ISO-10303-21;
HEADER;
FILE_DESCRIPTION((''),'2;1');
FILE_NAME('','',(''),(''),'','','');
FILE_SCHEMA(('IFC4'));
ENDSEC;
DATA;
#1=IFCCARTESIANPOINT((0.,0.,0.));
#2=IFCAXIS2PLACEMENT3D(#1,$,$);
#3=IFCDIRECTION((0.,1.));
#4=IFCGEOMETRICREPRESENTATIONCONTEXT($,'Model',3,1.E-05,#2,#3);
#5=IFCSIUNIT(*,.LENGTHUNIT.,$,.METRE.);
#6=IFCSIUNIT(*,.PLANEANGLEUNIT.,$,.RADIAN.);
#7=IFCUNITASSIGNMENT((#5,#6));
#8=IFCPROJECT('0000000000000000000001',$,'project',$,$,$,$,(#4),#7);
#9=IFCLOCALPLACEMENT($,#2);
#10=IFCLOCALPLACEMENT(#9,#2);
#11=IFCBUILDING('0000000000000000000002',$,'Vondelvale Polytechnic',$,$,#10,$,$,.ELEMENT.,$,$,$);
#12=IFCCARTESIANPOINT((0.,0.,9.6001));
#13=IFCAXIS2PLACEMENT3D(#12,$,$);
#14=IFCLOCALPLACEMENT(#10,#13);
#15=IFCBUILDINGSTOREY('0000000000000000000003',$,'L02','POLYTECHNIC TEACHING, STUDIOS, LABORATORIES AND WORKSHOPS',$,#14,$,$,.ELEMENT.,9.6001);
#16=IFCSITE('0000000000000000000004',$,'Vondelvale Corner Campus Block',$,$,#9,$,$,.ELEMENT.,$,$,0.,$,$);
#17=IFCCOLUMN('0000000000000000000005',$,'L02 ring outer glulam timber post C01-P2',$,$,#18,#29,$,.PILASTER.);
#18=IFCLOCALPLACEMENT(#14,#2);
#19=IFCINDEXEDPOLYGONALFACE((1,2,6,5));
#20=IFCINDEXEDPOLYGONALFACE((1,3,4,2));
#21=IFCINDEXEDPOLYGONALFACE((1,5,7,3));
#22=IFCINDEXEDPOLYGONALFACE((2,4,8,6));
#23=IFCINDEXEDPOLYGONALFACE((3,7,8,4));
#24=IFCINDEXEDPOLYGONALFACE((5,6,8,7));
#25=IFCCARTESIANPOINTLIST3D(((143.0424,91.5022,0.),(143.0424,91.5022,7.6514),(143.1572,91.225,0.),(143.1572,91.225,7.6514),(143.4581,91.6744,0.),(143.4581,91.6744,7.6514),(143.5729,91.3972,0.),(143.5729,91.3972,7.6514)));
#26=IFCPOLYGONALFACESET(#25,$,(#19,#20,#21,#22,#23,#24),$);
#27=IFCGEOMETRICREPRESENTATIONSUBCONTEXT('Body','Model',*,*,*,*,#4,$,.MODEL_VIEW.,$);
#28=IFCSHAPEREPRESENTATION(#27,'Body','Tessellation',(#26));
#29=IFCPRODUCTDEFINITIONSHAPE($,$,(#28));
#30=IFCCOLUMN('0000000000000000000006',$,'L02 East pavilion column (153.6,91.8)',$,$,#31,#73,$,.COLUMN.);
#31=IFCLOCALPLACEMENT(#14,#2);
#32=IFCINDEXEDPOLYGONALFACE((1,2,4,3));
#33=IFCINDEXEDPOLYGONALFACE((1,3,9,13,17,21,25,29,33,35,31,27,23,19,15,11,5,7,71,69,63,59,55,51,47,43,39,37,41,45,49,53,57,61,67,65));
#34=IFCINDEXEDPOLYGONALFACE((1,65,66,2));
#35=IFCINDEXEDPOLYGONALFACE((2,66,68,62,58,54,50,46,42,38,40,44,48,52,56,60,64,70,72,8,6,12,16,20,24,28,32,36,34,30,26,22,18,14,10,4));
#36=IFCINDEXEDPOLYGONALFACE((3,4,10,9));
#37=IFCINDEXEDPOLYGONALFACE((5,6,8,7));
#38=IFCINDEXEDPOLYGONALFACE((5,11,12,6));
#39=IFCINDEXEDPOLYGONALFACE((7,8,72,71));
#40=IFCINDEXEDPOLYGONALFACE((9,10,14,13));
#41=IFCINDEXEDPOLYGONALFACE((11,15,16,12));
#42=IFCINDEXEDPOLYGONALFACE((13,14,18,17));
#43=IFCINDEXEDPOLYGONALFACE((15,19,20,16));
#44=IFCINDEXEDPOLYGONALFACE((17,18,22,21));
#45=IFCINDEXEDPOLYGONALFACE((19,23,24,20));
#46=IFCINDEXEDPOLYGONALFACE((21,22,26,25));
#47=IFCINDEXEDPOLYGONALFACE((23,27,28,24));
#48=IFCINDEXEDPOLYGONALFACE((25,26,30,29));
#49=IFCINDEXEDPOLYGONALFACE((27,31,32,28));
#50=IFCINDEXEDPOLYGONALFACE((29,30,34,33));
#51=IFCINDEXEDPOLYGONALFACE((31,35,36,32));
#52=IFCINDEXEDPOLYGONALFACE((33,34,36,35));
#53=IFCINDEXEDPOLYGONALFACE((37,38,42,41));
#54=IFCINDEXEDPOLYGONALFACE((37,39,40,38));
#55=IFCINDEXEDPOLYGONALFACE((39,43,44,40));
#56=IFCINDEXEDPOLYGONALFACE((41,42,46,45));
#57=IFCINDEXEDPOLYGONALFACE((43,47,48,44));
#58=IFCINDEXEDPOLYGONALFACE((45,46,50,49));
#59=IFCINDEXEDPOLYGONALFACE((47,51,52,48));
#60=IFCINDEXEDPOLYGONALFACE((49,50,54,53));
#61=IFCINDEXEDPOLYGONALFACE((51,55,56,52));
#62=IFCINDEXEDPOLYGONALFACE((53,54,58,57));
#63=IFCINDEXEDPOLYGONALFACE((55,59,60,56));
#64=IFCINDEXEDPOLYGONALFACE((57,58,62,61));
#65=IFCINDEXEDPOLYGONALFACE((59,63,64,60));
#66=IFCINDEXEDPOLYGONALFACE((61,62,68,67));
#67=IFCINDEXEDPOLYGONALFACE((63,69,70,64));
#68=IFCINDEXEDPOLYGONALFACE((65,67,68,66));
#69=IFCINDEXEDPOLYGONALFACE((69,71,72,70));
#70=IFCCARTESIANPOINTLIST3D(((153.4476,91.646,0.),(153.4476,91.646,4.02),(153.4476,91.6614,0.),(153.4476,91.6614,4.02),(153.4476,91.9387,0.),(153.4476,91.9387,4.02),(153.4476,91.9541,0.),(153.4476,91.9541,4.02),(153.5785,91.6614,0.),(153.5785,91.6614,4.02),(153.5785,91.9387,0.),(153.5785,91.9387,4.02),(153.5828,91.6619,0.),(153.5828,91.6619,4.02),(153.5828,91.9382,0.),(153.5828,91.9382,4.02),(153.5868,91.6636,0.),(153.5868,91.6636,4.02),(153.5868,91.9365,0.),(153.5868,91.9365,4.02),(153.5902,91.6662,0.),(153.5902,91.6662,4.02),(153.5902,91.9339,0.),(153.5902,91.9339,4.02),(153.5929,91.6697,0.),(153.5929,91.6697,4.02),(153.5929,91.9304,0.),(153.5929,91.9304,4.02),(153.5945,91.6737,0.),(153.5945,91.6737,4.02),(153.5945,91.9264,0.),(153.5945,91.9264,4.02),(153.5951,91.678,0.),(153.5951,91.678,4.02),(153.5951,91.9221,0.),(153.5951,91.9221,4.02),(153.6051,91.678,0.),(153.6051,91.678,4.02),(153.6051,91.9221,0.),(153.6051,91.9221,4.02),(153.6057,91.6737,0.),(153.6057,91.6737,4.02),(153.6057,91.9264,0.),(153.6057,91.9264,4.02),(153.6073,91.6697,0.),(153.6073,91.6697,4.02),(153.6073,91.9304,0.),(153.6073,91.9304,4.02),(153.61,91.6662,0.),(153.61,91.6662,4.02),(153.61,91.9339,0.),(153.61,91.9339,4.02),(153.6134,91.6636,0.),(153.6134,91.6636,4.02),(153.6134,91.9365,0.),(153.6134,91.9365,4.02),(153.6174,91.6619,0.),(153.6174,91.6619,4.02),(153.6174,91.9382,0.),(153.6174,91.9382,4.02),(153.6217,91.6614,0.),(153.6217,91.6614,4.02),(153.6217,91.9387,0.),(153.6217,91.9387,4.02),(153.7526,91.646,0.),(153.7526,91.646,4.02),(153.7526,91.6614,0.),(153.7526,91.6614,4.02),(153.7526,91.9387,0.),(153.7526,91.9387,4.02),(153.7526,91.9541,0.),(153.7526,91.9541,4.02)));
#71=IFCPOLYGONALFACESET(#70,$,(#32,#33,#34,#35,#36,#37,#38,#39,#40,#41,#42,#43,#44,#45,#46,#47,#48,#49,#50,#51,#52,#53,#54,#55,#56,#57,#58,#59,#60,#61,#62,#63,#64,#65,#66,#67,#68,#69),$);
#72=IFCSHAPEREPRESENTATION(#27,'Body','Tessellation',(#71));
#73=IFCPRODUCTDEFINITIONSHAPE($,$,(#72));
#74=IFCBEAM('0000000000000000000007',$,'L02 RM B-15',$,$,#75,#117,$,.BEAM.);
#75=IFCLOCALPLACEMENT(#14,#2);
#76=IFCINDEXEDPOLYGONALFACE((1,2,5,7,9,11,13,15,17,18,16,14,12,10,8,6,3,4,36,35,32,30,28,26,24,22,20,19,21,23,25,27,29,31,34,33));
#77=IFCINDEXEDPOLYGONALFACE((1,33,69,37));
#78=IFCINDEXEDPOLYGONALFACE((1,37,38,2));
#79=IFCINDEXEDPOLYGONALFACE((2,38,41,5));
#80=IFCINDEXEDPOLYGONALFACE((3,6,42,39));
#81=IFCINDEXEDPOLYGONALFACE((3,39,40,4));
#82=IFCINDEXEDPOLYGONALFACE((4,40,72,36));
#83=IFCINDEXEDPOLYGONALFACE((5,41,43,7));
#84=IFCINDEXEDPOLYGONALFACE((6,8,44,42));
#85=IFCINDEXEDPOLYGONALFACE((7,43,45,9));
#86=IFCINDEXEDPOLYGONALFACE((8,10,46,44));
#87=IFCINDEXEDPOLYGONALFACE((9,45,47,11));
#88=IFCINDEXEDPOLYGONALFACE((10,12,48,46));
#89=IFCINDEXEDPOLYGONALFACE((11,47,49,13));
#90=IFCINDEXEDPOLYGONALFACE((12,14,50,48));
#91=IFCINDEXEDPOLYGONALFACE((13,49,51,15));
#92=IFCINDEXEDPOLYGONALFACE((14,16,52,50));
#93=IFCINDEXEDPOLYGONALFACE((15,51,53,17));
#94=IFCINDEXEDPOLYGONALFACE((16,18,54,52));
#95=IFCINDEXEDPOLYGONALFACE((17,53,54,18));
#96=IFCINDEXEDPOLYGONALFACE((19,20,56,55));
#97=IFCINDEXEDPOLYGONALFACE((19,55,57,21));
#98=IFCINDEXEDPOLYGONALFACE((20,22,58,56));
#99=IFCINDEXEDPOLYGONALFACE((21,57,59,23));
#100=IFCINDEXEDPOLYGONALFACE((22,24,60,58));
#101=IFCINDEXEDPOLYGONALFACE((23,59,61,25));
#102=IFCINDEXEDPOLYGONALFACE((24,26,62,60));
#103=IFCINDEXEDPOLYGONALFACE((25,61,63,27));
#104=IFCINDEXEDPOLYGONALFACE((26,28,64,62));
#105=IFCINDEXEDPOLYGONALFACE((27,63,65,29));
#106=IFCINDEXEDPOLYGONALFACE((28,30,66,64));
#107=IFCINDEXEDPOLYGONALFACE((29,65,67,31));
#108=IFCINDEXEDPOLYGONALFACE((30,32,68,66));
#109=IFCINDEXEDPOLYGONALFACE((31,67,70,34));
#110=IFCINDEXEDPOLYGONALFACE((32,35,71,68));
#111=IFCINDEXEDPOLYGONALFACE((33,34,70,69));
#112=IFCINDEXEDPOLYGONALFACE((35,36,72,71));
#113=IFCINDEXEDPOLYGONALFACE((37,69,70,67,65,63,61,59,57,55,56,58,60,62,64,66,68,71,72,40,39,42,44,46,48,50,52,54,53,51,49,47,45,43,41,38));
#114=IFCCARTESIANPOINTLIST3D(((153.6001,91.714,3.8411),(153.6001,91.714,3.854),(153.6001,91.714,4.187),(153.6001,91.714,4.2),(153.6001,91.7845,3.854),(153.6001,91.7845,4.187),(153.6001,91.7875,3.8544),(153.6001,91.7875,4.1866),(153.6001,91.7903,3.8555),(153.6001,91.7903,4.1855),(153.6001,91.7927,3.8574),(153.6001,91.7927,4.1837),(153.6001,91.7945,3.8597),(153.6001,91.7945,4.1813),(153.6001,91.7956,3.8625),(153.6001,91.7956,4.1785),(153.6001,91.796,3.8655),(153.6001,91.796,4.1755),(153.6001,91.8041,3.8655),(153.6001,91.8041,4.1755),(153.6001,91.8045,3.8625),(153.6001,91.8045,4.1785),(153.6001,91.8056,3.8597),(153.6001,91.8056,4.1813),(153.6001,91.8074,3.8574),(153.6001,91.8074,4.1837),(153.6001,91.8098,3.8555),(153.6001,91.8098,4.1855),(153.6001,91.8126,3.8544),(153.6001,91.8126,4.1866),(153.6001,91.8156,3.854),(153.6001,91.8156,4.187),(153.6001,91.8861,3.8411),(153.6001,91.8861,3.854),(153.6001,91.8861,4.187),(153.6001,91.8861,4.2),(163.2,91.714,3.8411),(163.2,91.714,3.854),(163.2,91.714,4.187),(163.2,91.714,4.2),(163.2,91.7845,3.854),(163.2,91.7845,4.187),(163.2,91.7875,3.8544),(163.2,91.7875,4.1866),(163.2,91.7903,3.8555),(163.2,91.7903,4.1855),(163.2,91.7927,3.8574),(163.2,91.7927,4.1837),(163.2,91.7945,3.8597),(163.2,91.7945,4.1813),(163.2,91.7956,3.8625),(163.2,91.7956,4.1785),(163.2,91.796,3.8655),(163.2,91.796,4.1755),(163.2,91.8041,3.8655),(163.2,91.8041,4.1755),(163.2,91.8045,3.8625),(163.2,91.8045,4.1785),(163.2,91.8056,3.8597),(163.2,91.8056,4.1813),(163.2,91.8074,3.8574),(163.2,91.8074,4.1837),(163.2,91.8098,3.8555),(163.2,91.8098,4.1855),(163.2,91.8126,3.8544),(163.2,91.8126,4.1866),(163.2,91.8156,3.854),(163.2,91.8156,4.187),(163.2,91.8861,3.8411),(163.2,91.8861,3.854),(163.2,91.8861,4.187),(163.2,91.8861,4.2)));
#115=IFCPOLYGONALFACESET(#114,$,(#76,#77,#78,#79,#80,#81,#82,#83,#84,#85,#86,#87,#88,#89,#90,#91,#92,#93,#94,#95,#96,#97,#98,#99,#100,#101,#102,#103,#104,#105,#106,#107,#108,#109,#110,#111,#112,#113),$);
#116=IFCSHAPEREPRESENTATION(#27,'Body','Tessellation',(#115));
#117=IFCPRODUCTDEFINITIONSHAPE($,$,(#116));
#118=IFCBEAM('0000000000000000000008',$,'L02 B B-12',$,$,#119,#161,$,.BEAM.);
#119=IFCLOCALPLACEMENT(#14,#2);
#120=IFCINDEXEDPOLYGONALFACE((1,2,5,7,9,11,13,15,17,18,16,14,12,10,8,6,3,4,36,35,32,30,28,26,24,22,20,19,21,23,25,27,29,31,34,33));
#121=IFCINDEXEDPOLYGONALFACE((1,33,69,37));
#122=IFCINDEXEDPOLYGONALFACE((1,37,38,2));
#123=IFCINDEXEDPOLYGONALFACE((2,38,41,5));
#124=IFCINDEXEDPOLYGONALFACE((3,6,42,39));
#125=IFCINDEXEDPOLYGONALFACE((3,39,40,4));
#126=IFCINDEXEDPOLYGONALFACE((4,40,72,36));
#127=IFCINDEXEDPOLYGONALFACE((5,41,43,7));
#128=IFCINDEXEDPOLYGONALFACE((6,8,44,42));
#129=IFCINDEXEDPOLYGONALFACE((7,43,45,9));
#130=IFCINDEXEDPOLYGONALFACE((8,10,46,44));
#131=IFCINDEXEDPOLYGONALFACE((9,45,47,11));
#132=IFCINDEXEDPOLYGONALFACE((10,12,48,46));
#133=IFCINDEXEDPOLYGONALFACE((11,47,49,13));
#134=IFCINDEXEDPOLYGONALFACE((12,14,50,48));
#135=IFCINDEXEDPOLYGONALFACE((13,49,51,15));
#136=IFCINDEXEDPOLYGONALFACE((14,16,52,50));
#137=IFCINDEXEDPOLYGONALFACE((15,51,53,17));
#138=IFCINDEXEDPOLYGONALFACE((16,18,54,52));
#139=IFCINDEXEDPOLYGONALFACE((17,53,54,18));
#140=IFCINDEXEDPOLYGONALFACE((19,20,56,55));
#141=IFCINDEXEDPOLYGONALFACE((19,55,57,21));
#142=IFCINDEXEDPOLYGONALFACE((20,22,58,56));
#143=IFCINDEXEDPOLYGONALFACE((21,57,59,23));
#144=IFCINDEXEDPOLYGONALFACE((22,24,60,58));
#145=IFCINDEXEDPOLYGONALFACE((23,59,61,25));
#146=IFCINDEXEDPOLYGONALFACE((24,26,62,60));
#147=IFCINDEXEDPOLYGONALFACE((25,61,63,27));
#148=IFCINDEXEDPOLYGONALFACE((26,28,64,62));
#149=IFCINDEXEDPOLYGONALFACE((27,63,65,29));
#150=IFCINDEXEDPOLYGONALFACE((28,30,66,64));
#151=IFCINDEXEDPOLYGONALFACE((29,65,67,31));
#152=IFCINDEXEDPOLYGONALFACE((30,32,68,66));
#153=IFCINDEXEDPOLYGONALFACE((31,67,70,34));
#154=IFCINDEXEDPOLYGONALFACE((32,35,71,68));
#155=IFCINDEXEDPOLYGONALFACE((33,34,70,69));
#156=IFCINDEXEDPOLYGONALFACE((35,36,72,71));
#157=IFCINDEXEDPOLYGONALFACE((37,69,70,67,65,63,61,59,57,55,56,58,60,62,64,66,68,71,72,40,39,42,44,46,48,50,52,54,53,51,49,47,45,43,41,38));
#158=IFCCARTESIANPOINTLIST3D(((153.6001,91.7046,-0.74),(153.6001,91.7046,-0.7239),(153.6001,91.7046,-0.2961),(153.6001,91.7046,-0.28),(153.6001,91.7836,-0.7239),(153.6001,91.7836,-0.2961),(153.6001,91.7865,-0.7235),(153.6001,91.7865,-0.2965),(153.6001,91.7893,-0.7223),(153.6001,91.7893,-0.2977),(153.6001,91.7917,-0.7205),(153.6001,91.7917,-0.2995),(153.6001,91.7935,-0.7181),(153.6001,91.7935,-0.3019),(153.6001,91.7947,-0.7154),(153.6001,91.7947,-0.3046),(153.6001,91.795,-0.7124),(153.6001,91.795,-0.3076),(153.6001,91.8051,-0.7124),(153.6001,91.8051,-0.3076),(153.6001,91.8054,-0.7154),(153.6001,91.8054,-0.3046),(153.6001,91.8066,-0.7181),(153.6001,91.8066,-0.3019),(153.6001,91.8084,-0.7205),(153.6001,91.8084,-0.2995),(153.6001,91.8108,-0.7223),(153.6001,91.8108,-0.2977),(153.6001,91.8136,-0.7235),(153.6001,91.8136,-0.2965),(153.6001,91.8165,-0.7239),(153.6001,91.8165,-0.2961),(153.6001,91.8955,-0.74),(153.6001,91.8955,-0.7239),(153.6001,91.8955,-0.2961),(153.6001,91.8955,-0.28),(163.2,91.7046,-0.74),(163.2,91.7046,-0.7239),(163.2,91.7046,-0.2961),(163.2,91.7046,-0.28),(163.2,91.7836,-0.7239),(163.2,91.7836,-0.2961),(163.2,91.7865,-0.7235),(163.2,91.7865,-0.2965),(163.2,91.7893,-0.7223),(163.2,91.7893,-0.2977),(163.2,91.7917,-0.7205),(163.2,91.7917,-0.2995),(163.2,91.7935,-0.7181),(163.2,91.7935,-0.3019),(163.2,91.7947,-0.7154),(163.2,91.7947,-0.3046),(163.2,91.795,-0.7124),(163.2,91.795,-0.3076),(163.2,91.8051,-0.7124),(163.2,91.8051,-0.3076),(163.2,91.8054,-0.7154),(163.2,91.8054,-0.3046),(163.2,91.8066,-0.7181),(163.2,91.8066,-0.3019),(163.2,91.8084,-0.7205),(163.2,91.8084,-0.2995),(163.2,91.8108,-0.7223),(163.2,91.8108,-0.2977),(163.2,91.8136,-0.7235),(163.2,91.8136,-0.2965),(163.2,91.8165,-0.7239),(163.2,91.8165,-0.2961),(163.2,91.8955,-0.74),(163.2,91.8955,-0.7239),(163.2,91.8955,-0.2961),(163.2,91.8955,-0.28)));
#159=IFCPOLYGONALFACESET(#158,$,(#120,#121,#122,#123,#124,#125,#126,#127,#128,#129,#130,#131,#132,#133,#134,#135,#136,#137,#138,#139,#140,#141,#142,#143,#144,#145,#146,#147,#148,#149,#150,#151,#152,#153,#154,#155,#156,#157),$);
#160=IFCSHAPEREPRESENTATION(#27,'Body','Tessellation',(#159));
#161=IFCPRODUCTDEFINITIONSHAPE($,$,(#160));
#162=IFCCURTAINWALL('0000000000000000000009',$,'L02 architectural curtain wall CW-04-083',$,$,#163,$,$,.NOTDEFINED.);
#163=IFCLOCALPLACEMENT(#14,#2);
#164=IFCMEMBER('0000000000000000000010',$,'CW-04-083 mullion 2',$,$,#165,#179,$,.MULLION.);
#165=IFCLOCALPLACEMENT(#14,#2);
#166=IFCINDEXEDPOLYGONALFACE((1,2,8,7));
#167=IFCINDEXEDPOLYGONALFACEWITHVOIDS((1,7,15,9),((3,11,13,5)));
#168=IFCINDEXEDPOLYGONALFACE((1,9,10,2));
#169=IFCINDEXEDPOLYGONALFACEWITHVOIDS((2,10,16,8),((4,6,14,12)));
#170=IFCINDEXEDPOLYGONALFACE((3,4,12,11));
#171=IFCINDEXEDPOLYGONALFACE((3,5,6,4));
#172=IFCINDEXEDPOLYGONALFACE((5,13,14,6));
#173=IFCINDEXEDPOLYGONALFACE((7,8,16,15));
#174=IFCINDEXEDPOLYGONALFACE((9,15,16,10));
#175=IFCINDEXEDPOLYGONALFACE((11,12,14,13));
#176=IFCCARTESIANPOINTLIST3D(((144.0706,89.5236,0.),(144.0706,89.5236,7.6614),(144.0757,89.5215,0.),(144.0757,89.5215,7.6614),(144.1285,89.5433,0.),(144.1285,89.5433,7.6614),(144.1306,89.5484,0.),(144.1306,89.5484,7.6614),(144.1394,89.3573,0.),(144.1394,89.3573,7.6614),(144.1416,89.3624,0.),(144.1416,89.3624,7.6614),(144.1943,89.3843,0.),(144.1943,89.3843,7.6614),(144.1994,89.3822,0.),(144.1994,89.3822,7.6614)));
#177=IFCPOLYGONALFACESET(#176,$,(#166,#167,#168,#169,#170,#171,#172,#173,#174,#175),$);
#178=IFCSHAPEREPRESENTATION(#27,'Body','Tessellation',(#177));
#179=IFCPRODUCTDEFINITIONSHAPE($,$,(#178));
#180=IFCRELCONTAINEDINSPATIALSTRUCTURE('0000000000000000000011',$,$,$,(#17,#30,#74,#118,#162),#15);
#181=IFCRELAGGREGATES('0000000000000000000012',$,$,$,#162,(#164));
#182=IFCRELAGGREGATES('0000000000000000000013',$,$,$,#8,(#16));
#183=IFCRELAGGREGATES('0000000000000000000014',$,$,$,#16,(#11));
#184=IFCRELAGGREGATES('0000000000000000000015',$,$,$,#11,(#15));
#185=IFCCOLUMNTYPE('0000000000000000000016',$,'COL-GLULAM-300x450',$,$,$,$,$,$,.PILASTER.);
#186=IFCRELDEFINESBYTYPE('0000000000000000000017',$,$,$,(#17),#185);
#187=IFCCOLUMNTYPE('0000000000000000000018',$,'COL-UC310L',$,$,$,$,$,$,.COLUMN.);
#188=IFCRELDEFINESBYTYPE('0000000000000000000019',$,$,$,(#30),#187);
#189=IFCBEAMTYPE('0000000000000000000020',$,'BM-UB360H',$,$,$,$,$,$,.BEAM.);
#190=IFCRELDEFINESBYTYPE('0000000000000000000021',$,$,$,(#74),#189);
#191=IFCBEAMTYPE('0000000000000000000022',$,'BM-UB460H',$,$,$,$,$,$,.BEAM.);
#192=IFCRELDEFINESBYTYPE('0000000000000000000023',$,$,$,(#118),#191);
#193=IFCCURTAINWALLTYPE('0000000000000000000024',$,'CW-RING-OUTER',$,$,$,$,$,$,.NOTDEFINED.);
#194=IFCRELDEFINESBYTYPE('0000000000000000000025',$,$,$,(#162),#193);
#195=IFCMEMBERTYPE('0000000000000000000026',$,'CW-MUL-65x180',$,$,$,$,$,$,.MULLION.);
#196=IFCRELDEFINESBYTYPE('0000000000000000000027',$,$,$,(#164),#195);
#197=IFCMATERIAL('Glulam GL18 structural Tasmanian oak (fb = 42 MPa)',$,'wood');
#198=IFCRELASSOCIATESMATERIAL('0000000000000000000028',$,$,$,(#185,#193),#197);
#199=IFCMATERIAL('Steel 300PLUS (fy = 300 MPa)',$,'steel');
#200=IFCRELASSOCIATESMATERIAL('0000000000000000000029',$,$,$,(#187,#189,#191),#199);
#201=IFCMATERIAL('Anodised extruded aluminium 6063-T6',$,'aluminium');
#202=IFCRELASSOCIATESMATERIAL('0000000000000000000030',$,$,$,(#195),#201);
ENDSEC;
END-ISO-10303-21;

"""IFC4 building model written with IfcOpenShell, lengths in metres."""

from ifc_helpers import new_model, si_unit, direction, frame, origin, origin_2d, place, context, subcontext, project, spatial, rectangle, hollow_rectangle, i_section, extrude, material, material_profile, profile_set, type_object, element, aggregate, save


model = new_model("IFC4")

# Units and contexts
model_context = context("Model", 3, precision=1e-05, world=origin(), true_north=direction((0.0, 1.0)))
body_context = subcontext(model_context, "Body", "Model", "MODEL_VIEW")
ifc_project = project(units=[si_unit("LENGTHUNIT", "METRE"), si_unit("PLANEANGLEUNIT", "RADIAN")], contexts=[model_context])

# Site, building, storey
site_placement = place(None, origin())
site = spatial("IfcSite", under=ifc_project, at=site_placement, Name="Vondelvale Corner Campus Block", CompositionType="ELEMENT", RefElevation=0.0)
building_placement = place(site_placement, origin())
building = spatial("IfcBuilding", under=site, at=building_placement, Name="Vondelvale Polytechnic", CompositionType="ELEMENT")
storey_placement = place(building_placement, frame((0.0, 0.0, 9.6001)))
storey = spatial("IfcBuildingStorey", under=building, at=storey_placement, Name="L02", Description="POLYTECHNIC TEACHING, STUDIOS, LABORATORIES AND WORKSHOPS", CompositionType="ELEMENT", Elevation=9.6001)

# Columns
ifc_material_1 = material(Name="Glulam GL18 structural Tasmanian oak (fb = 42 MPa)", Category="wood")
ifc_material_profile_1 = material_profile(ifc_material_1, rectangle(XDim=0.3, YDim=0.45, at=origin_2d()), Name="GL-POST-300x450")
ifc_profile_set_1 = profile_set([ifc_material_profile_1], Name="Glulam GL18 structural Tasmanian oak (fb = 42 MPa)")
column_type_1 = type_object("IfcColumnType", Name="COL-GLULAM-300x450", PredefinedType="PILASTER", material=ifc_profile_set_1)
column_1_placement = place(storey_placement, frame((143.3076, 91.4497, 0.0), z_axis=(0.0, 0.0, 1.0), x_axis=(-0.382683, 0.92388, 0.0)))
element("IfcColumn", 1, at=column_1_placement, inside=storey, type_object=column_type_1, Name="L02 ring outer glulam timber post C01-P2", PredefinedType="PILASTER", context=body_context, shape_type="SweptSolid", body=[
    extrude(rectangle(XDim=0.3, YDim=0.45, at=origin_2d()), origin(), (0.0, 0.0, 1.0), 7.6514),
])
ifc_material_2 = material(Name="Steel 300PLUS (fy = 300 MPa)", Category="steel")
ifc_material_profile_2 = material_profile(ifc_material_2, i_section(OverallWidth=0.3049, OverallDepth=0.3081, WebThickness=0.01, FlangeThickness=0.0154, FilletRadius=0.0166, at=origin_2d()), Name="310UC96.8")
ifc_profile_set_2 = profile_set([ifc_material_profile_2], Name="Steel 300PLUS (fy = 300 MPa)")
column_type_2 = type_object("IfcColumnType", Name="COL-UC310L", PredefinedType="COLUMN", material=ifc_profile_set_2)
column_2_placement = place(storey_placement, frame((153.6001, 91.8, 0.0), z_axis=(0.0, 0.0, 1.0), x_axis=(1.0, 0.0, 0.0)))
element("IfcColumn", 2, at=column_2_placement, inside=storey, type_object=column_type_2, Name="L02 East pavilion column (153.6,91.8)", PredefinedType="COLUMN", context=body_context, shape_type="SweptSolid", body=[
    extrude(i_section(OverallWidth=0.3049, OverallDepth=0.3081, WebThickness=0.01, FlangeThickness=0.0154, FilletRadius=0.0166, at=origin_2d()), origin(), (0.0, 0.0, 1.0), 4.02),
])

# Beams
ifc_material_profile_3 = material_profile(ifc_material_2, i_section(OverallWidth=0.1721, OverallDepth=0.3589, WebThickness=0.0081, FlangeThickness=0.0129, FilletRadius=0.0115, at=origin_2d()), Name="360UB56.7")
ifc_profile_set_3 = profile_set([ifc_material_profile_3], Name="Steel 300PLUS (fy = 300 MPa)")
beam_type_1 = type_object("IfcBeamType", Name="BM-UB360H", PredefinedType="BEAM", material=ifc_profile_set_3)
beam_1_placement = place(storey_placement, frame((153.6001, 91.8, 4.0205), z_axis=(1.0, 0.0, 0.0), x_axis=(0.0, 1.0, 0.0)))
element("IfcBeam", 3, at=beam_1_placement, inside=storey, type_object=beam_type_1, Name="L02 RM B-15", PredefinedType="BEAM", context=body_context, shape_type="SweptSolid", body=[
    extrude(i_section(OverallWidth=0.1721, OverallDepth=0.3589, WebThickness=0.0081, FlangeThickness=0.0129, FilletRadius=0.0115, at=origin_2d()), origin(), (0.0, 0.0, 1.0), 9.5999),
])
ifc_material_profile_4 = material_profile(ifc_material_2, i_section(OverallWidth=0.1909, OverallDepth=0.46, WebThickness=0.01, FlangeThickness=0.0161, FilletRadius=0.0115, at=origin_2d()), Name="460UB82.1")
ifc_profile_set_4 = profile_set([ifc_material_profile_4], Name="Steel 300PLUS (fy = 300 MPa)")
beam_type_2 = type_object("IfcBeamType", Name="BM-UB460H", PredefinedType="BEAM", material=ifc_profile_set_4)
beam_2_placement = place(storey_placement, frame((153.6001, 91.8, -0.51), z_axis=(1.0, 0.0, 0.0), x_axis=(0.0, 1.0, 0.0)))
element("IfcBeam", 4, at=beam_2_placement, inside=storey, type_object=beam_type_2, Name="L02 B B-12", PredefinedType="BEAM", context=body_context, shape_type="SweptSolid", body=[
    extrude(i_section(OverallWidth=0.1909, OverallDepth=0.46, WebThickness=0.01, FlangeThickness=0.0161, FilletRadius=0.0115, at=origin_2d()), origin(), (0.0, 0.0, 1.0), 9.5999),
])

# Curtain wall, member
curtain_wall_type = type_object("IfcCurtainWallType", Name="CW-RING-OUTER", PredefinedType="NOTDEFINED", material=ifc_material_1)
curtain_wall_1_placement = place(storey_placement, origin())
curtain_wall_1 = element("IfcCurtainWall", 5, at=curtain_wall_1_placement, inside=storey, type_object=curtain_wall_type, Name="L02 architectural curtain wall CW-04-083", PredefinedType="NOTDEFINED")
ifc_material_3 = material(Name="Anodised extruded aluminium 6063-T6", Category="aluminium")
ifc_material_profile_5 = material_profile(ifc_material_3, hollow_rectangle(XDim=0.0649, YDim=0.1799, WallThickness=0.0039, at=origin_2d()), Name="CW-MUL-180x65")
ifc_profile_set_5 = profile_set([ifc_material_profile_5], Name="Anodised extruded aluminium 6063-T6")
member_type_1 = type_object("IfcMemberType", Name="CW-MUL-65x180", PredefinedType="MULLION", material=ifc_profile_set_5)
member_1_placement = place(storey_placement, frame((144.135, 89.4529, 0.0), z_axis=(0.0, 0.0, 1.0), x_axis=(-0.923875, -0.382695, 0.0)))
member_1 = element("IfcMember", 6, at=member_1_placement, type_object=member_type_1, Name="CW-04-083 mullion 2", PredefinedType="MULLION", context=body_context, shape_type="SweptSolid", body=[
    extrude(hollow_rectangle(XDim=0.0649, YDim=0.1799, WallThickness=0.0039, at=origin_2d()), origin(), (0.0, 0.0, 1.0), 7.6614),
])

aggregate(curtain_wall_1, [member_1])

save(model, "model.ifc")
